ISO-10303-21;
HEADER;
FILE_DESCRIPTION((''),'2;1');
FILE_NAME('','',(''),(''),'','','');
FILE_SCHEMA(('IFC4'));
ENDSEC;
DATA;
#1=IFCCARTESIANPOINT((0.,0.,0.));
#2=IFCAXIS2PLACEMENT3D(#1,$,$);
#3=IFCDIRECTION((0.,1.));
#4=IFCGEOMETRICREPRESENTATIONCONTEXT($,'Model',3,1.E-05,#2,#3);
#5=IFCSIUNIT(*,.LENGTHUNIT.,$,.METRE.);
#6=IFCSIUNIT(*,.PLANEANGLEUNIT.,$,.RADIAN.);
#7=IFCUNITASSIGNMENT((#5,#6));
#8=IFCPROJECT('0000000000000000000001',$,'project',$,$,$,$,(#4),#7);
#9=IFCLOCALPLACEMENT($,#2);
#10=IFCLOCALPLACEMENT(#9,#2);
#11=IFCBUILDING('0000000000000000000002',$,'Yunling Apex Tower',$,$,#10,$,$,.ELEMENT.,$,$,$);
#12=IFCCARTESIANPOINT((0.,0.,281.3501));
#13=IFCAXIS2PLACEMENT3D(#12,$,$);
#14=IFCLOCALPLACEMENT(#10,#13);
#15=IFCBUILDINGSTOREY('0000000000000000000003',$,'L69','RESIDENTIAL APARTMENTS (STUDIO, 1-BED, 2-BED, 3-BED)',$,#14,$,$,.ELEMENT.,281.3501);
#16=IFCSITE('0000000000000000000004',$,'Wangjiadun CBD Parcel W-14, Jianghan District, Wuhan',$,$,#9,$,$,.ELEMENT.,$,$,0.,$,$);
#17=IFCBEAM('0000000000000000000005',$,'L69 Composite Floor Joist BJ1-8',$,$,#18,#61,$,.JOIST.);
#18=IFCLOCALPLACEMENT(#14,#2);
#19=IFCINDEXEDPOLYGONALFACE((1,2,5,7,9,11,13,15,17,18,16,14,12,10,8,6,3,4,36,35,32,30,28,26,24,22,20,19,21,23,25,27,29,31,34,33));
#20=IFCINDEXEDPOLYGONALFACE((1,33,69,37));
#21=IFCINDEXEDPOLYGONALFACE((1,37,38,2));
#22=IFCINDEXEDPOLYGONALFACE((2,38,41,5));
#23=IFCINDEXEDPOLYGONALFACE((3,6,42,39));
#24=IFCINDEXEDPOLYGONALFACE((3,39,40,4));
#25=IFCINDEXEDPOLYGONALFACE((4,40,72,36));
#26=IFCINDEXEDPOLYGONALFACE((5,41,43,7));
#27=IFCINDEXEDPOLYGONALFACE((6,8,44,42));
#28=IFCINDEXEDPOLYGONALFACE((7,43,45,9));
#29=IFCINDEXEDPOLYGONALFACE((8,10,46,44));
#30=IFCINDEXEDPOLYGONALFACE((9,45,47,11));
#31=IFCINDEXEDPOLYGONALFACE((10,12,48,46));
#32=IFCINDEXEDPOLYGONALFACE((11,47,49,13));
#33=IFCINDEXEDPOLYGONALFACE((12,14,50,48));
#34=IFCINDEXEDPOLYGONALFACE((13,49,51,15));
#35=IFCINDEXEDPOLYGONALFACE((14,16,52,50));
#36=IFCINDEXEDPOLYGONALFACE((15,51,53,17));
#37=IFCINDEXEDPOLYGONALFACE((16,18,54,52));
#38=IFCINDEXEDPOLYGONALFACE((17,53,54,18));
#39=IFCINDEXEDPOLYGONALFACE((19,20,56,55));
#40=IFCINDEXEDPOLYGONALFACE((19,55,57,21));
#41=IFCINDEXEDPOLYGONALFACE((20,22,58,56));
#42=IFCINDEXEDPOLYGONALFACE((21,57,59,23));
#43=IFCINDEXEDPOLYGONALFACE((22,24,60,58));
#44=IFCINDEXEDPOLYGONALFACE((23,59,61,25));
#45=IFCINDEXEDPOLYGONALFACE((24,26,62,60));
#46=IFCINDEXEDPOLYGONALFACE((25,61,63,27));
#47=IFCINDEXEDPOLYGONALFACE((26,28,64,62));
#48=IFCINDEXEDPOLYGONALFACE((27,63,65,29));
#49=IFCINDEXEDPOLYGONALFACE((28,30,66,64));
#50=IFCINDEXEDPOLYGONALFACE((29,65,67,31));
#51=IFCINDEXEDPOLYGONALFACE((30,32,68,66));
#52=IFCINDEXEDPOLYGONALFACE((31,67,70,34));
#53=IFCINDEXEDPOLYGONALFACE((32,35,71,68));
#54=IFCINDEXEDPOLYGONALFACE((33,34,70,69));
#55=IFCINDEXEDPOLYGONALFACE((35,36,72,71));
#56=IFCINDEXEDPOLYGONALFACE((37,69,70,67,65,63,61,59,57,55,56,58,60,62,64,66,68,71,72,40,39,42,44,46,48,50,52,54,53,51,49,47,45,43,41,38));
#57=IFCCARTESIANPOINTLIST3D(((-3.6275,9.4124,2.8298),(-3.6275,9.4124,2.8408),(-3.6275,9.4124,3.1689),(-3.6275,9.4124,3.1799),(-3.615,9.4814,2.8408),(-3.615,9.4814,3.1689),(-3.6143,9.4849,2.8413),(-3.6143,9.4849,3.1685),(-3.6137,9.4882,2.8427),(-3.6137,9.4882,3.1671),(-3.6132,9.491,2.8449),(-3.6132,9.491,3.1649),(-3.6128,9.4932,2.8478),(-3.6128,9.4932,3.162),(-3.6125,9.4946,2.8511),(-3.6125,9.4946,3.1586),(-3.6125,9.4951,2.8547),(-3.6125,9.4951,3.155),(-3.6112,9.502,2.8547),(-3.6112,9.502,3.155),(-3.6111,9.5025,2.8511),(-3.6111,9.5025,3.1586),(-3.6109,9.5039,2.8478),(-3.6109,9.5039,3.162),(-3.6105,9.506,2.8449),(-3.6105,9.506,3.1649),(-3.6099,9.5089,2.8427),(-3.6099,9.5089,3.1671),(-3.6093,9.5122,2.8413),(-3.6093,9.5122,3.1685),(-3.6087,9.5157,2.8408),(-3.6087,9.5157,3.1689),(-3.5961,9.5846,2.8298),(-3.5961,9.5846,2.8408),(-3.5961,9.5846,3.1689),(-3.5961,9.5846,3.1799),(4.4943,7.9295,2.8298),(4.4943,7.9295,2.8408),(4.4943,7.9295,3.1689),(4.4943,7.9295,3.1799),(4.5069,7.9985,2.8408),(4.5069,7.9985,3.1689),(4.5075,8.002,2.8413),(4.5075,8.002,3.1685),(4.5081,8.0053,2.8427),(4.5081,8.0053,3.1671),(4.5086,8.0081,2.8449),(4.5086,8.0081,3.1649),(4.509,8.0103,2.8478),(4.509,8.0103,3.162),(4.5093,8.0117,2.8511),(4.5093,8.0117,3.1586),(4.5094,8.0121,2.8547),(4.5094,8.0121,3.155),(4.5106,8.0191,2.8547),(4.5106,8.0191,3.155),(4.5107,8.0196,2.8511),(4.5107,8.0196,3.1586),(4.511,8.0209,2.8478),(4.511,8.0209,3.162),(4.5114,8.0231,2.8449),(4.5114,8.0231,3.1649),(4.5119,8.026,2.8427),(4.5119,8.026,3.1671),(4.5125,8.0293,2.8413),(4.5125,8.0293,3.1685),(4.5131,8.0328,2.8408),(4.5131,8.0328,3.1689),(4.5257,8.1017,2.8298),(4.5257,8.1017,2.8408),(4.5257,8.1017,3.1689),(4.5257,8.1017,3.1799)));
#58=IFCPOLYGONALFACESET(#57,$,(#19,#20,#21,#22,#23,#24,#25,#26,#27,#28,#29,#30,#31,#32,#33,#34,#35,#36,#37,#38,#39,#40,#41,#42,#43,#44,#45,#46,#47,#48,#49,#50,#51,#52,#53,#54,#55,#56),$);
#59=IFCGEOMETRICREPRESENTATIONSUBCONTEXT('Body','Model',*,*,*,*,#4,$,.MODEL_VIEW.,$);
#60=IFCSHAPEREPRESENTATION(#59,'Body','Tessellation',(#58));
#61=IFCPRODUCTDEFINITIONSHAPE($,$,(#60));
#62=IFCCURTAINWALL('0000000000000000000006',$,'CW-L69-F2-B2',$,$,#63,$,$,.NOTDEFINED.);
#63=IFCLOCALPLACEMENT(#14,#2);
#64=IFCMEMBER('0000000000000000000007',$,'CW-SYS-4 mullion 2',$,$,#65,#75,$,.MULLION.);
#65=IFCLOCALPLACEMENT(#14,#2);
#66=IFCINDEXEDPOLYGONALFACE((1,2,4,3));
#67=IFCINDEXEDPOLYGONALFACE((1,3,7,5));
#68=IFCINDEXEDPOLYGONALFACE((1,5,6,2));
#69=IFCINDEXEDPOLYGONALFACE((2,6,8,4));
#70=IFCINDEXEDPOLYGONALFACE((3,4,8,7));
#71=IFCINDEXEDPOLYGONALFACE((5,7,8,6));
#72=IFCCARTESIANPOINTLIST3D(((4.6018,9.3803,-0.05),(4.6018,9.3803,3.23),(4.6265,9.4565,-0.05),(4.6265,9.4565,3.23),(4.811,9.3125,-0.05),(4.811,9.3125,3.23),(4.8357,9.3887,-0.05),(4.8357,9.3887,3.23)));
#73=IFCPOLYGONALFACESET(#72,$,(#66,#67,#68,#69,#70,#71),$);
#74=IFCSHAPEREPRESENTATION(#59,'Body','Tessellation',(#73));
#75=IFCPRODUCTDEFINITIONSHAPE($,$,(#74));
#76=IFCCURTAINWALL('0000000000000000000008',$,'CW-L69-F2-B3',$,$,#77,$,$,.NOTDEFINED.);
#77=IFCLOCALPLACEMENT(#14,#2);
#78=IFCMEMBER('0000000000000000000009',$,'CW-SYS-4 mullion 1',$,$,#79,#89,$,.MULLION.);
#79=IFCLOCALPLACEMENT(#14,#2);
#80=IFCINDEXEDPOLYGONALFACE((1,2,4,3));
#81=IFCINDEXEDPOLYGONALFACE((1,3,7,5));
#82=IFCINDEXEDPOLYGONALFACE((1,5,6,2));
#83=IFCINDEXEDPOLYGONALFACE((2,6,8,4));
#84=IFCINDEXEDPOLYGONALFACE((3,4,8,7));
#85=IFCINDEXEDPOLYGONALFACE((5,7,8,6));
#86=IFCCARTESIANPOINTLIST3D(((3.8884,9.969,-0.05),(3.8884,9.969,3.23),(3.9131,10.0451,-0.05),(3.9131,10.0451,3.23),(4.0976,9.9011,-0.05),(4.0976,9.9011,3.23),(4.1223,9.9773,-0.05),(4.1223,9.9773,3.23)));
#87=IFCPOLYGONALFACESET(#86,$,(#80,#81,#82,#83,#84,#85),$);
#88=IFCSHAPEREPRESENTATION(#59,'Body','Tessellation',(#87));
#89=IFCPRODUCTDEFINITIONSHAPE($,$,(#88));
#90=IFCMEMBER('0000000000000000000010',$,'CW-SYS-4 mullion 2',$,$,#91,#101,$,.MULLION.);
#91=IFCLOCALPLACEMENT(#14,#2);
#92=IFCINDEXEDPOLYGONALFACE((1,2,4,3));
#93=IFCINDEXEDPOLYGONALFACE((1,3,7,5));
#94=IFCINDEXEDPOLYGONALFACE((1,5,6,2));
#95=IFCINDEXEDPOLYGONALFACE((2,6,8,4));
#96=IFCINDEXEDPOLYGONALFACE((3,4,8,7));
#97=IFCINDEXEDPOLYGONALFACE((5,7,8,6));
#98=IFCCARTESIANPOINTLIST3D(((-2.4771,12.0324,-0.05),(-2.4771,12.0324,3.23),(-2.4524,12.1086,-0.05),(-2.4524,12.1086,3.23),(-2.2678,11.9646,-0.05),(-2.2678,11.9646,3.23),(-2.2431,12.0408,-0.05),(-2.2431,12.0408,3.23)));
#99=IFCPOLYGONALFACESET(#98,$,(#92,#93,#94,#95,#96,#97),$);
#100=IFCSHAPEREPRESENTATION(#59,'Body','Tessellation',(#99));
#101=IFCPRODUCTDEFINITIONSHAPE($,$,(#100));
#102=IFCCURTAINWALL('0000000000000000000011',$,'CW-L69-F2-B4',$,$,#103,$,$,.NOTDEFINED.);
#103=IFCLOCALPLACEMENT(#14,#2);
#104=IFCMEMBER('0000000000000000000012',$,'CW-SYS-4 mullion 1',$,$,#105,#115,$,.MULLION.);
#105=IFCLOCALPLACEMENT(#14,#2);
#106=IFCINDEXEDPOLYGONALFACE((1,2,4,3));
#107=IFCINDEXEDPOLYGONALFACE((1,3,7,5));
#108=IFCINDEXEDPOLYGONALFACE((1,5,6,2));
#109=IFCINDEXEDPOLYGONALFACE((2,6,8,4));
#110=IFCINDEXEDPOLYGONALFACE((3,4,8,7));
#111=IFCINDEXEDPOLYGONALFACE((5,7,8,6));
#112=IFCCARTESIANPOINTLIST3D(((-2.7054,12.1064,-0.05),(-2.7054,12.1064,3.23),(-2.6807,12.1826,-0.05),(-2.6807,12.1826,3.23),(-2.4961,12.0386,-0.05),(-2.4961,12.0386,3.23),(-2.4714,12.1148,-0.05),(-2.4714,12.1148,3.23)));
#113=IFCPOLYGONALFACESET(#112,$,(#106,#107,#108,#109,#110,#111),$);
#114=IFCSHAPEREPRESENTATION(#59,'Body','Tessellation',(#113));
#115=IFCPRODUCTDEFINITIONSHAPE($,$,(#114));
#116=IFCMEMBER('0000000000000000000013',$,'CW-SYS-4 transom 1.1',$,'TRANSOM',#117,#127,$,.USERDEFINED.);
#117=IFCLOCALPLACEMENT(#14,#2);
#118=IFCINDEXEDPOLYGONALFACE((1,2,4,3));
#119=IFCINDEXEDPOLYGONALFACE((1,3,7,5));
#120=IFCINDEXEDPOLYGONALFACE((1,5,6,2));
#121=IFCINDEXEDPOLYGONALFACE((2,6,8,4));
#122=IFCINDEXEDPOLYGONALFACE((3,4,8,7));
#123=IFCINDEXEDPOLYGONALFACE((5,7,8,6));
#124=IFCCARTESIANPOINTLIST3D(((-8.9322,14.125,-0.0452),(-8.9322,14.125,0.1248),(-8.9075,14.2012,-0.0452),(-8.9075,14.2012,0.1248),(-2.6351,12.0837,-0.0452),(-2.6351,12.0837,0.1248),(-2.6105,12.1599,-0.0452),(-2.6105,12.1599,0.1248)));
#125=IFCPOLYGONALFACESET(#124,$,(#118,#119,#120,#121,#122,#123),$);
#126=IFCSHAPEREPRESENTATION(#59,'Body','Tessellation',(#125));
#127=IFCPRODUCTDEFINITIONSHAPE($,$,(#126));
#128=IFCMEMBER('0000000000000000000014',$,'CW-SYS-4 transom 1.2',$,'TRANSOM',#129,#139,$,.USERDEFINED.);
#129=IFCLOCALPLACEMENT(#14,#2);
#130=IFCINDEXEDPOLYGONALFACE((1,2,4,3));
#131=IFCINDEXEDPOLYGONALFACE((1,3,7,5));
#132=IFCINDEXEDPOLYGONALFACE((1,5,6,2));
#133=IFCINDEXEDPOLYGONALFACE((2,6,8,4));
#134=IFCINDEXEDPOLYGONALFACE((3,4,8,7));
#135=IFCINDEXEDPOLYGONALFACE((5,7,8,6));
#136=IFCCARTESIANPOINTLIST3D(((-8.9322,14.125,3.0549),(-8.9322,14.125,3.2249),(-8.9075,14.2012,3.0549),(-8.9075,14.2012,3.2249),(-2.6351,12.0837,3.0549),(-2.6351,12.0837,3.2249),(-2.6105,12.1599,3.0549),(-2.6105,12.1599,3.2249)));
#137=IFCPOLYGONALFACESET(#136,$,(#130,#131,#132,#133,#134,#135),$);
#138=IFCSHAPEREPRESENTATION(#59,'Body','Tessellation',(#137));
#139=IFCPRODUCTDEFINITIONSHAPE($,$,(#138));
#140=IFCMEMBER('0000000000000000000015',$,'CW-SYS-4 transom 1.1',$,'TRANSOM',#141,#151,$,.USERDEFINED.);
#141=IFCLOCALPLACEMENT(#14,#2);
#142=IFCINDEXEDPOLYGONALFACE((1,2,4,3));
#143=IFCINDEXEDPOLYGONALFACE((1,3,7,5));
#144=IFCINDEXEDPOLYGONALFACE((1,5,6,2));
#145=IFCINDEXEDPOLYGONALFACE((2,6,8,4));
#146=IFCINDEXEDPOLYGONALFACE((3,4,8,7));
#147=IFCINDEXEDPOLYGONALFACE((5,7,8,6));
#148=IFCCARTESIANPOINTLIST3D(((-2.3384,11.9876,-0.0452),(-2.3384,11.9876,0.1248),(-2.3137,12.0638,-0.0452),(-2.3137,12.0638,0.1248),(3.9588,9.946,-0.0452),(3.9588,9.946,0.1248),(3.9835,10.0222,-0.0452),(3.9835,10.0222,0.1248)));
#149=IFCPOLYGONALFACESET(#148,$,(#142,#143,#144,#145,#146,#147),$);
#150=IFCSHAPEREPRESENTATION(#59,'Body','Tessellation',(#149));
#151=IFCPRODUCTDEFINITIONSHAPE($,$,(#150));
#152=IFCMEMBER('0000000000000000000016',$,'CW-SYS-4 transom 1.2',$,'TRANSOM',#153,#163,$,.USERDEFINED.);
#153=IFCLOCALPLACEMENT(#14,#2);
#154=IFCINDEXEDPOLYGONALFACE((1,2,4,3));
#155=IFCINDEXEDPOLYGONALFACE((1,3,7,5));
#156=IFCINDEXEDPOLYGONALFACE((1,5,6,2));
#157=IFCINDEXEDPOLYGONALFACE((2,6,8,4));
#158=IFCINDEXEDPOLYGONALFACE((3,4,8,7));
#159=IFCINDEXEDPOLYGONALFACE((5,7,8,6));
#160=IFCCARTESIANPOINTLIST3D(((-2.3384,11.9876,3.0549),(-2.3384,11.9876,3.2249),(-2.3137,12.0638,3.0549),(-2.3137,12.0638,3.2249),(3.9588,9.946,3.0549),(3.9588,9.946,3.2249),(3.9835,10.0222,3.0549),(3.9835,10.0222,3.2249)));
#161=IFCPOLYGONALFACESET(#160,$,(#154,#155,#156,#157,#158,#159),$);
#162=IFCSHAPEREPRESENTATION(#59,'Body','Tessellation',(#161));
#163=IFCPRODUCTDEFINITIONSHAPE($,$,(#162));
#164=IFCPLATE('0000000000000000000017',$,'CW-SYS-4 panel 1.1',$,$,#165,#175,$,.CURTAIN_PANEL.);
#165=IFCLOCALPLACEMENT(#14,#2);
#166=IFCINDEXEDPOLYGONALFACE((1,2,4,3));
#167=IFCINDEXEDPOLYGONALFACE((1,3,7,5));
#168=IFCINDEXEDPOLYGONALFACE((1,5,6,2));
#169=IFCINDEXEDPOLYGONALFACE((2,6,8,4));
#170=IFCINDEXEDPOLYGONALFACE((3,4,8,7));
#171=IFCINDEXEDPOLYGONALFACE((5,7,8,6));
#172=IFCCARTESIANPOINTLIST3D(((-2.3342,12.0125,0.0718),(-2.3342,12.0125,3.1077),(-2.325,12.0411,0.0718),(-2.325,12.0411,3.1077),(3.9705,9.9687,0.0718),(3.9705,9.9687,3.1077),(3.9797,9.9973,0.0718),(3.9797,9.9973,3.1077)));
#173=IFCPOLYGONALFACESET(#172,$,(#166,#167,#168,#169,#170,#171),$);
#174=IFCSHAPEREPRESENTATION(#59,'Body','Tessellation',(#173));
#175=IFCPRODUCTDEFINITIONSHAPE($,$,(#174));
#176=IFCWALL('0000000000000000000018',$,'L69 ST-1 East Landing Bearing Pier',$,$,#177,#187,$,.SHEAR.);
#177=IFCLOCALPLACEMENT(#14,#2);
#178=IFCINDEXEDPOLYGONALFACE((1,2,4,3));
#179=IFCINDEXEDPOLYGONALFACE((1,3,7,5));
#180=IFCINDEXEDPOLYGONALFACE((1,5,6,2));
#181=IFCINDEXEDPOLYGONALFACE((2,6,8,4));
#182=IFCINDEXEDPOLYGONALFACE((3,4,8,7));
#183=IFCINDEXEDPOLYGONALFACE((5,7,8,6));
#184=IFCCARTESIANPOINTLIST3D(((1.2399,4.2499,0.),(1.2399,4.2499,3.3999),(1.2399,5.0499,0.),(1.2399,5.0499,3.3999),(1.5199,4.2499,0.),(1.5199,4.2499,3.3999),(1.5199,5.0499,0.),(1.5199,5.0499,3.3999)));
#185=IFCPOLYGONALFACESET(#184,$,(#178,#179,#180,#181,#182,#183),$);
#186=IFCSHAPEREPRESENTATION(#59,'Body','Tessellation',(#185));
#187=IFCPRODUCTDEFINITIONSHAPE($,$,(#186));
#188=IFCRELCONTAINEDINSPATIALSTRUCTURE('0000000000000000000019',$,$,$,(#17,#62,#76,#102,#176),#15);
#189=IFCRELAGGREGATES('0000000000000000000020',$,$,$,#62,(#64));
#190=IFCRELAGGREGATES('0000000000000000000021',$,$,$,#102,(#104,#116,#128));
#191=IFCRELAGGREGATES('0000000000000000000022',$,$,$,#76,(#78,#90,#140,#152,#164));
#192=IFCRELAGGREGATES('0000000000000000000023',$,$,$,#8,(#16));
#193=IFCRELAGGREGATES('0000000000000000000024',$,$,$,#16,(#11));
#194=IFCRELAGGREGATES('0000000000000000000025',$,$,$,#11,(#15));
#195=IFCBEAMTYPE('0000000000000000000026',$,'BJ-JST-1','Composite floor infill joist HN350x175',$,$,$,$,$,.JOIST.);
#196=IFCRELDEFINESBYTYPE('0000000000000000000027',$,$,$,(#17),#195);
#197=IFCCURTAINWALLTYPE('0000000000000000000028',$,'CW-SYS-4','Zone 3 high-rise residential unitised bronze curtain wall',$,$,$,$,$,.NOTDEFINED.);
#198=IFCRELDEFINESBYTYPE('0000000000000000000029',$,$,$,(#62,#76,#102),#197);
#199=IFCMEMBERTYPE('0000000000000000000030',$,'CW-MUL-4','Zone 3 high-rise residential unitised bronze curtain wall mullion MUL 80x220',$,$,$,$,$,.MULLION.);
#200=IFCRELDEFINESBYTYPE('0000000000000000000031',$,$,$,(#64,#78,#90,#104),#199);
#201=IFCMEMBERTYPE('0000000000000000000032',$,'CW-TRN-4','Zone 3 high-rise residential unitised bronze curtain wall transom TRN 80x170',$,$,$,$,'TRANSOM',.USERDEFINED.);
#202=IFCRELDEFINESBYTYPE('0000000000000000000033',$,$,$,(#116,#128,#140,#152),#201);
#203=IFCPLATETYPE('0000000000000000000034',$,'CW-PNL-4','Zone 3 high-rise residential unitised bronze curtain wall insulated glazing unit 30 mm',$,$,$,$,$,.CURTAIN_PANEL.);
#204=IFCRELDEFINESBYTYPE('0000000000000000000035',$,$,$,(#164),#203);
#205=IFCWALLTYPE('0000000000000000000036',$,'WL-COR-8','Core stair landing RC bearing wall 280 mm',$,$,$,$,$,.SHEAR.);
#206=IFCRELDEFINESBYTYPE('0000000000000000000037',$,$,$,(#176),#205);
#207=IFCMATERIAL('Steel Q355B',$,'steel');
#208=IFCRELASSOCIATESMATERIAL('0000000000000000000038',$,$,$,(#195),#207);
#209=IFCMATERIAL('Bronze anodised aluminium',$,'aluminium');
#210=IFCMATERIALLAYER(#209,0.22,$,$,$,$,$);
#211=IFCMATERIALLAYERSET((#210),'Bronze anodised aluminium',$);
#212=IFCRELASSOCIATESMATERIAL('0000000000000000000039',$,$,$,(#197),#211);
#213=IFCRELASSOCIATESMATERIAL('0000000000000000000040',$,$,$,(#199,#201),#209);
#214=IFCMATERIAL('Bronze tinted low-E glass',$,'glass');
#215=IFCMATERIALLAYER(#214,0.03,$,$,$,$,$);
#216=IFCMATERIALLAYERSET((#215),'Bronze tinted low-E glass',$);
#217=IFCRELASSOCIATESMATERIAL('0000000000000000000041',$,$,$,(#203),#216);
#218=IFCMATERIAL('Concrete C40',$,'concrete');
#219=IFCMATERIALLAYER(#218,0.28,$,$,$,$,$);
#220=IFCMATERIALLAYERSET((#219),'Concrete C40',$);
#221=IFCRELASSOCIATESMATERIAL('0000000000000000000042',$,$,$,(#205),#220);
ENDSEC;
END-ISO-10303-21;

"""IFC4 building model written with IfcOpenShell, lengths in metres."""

from ifc_helpers import new_model, si_unit, direction, frame, frame_2d, origin, origin_2d, place, context, subcontext, project, spatial, rectangle, i_section, extrude, source, transform, mapped, material, layer, layer_set, material_profile, profile_set, type_object, element, aggregate, save


model = new_model("IFC4")

# Units and contexts
model_context = context("Model", 3, precision=1e-05, world=origin(), true_north=direction((0.0, 1.0)))
body_context = subcontext(model_context, "Body", "Model", "MODEL_VIEW")
ifc_project = project(units=[si_unit("LENGTHUNIT", "METRE"), si_unit("PLANEANGLEUNIT", "RADIAN")], contexts=[model_context])

# Site, building, storey
site_placement = place(None, origin())
site = spatial("IfcSite", under=ifc_project, at=site_placement, Name="Wangjiadun CBD Parcel W-14, Jianghan District, Wuhan", CompositionType="ELEMENT", RefElevation=0.0)
building_placement = place(site_placement, origin())
building = spatial("IfcBuilding", under=site, at=building_placement, Name="Yunling Apex Tower", CompositionType="ELEMENT")
storey_placement = place(building_placement, frame((0.0, 0.0, 281.3501)))
storey = spatial("IfcBuildingStorey", under=building, at=storey_placement, Name="L69", Description="RESIDENTIAL APARTMENTS (STUDIO, 1-BED, 2-BED, 3-BED)", CompositionType="ELEMENT", Elevation=281.3501)

# Shared definitions
ifc_material_1 = material(Name="Steel Q355B", Category="steel")

# Beam
ifc_material_profile_1 = material_profile(ifc_material_1, i_section(OverallWidth=0.175, OverallDepth=0.3501, WebThickness=0.0071, FlangeThickness=0.011, FilletRadius=0.0139, at=origin_2d()))
ifc_profile_set_1 = profile_set([ifc_material_profile_1], Name="Steel Q355B")
beam_type_1 = type_object("IfcBeamType", Name="BJ-JST-1", Description="Composite floor infill joist HN350x175", PredefinedType="JOIST", material=ifc_profile_set_1)
shared_shape_1 = source(origin(), body_context, "Body", "SweptSolid", [
    extrude(i_section(OverallWidth=0.175, OverallDepth=0.3501, WebThickness=0.0071, FlangeThickness=0.011, FilletRadius=0.0139, at=origin_2d()), origin(), (0.0, 0.0, 1.0), 8.2561),
])
beam_1_placement = place(storey_placement, frame((4.51, 8.0156, 3.0049), z_axis=(-0.983737, 0.179614, 0.0), x_axis=(-0.179614, -0.983737, 0.0)))
element("IfcBeam", 1, at=beam_1_placement, inside=storey, type_object=beam_type_1, Name="L69 Composite Floor Joist BJ1-8", PredefinedType="JOIST", context=body_context, shape_type="MappedRepresentation", body=[
    mapped(shared_shape_1, transform((0.0, 0.0, 0.0), scale=1.0)),
])

# Curtain wall, member
ifc_material_2 = material(Name="Bronze anodised aluminium", Category="aluminium")
ifc_layer_1 = layer(ifc_material_2, 0.22)
ifc_layer_set_1 = layer_set([ifc_layer_1], Name="Bronze anodised aluminium")
curtain_wall_type = type_object("IfcCurtainWallType", Name="CW-SYS-4", Description="Zone 3 high-rise residential unitised bronze curtain wall", PredefinedType="NOTDEFINED", material=ifc_layer_set_1)
curtain_wall_1_placement = place(storey_placement, origin())
curtain_wall_1 = element("IfcCurtainWall", 2, at=curtain_wall_1_placement, inside=storey, type_object=curtain_wall_type, Name="CW-L69-F2-B2", PredefinedType="NOTDEFINED")
ifc_material_profile_2 = material_profile(ifc_material_2, rectangle(XDim=0.0801, YDim=0.22, at=origin_2d()))
ifc_profile_set_2 = profile_set([ifc_material_profile_2], Name="Bronze anodised aluminium")
member_type_1 = type_object("IfcMemberType", Name="CW-MUL-4", Description="Zone 3 high-rise residential unitised bronze curtain wall mullion MUL 80x220", PredefinedType="MULLION", material=ifc_profile_set_2)
shared_shape_2 = source(origin(), body_context, "Body", "SweptSolid", [
    extrude(rectangle(XDim=0.0801, YDim=0.22, at=origin_2d()), origin(), (0.0, 0.0, 1.0), 3.28),
])
member_1_placement = place(storey_placement, frame((4.7188, 9.3845, -0.05), z_axis=(0.0, 0.0, 1.0), x_axis=(-0.308369, -0.951267, 0.0)))
member_1 = element("IfcMember", 3, at=member_1_placement, type_object=member_type_1, Name="CW-SYS-4 mullion 2", PredefinedType="MULLION", context=body_context, shape_type="MappedRepresentation", body=[
    mapped(shared_shape_2, transform((0.0, 0.0, 0.0), scale=1.0)),
])
aggregate(curtain_wall_1, [member_1])

# Curtain walls, members
curtain_wall_2_placement = place(storey_placement, origin())
curtain_wall_2 = element("IfcCurtainWall", 4, at=curtain_wall_2_placement, inside=storey, type_object=curtain_wall_type, Name="CW-L69-F2-B3", PredefinedType="NOTDEFINED")
member_2_placement = place(storey_placement, frame((4.0054, 9.9731, -0.05), z_axis=(0.0, 0.0, 1.0), x_axis=(-0.308371, -0.951266, 0.0)))
member_2 = element("IfcMember", 5, at=member_2_placement, type_object=member_type_1, Name="CW-SYS-4 mullion 1", PredefinedType="MULLION", context=body_context, shape_type="MappedRepresentation", body=[
    mapped(shared_shape_2, transform((0.0, 0.0, 0.0), scale=1.0)),
])
member_3_placement = place(storey_placement, frame((-2.3601, 12.0366, -0.05), z_axis=(0.0, 0.0, 1.0), x_axis=(-0.308371, -0.951266, 0.0)))
member_3 = element("IfcMember", 6, at=member_3_placement, type_object=member_type_1, Name="CW-SYS-4 mullion 2", PredefinedType="MULLION", context=body_context, shape_type="MappedRepresentation", body=[
    mapped(shared_shape_2, transform((0.0, 0.0, 0.0), scale=1.0)),
])
curtain_wall_3_placement = place(storey_placement, origin())
curtain_wall_3 = element("IfcCurtainWall", 7, at=curtain_wall_3_placement, inside=storey, type_object=curtain_wall_type, Name="CW-L69-F2-B4", PredefinedType="NOTDEFINED")
member_4_placement = place(storey_placement, frame((-2.5884, 12.1106, -0.05), z_axis=(0.0, 0.0, 1.0), x_axis=(-0.308353, -0.951272, 0.0)))
member_4 = element("IfcMember", 8, at=member_4_placement, type_object=member_type_1, Name="CW-SYS-4 mullion 1", PredefinedType="MULLION", context=body_context, shape_type="MappedRepresentation", body=[
    mapped(shared_shape_2, transform((0.0, 0.0, 0.0), scale=1.0)),
])
ifc_material_profile_3 = material_profile(ifc_material_2, rectangle(XDim=0.0801, YDim=0.1699, at=origin_2d()))
ifc_profile_set_3 = profile_set([ifc_material_profile_3], Name="Bronze anodised aluminium")
member_type_2 = type_object("IfcMemberType", Name="CW-TRN-4", Description="Zone 3 high-rise residential unitised bronze curtain wall transom TRN 80x170", ElementType="TRANSOM", PredefinedType="USERDEFINED", material=ifc_profile_set_3)
shared_shape_3 = source(origin(), body_context, "Body", "SweptSolid", [
    extrude(rectangle(XDim=0.0801, YDim=0.1699, at=origin_2d()), origin(), (0.0, 0.0, 1.0), 6.6196),
])
member_5_placement = place(storey_placement, frame((-2.6228, 12.1218, 0.0398), z_axis=(-0.951269, 0.308361, 0.0), x_axis=(-0.308361, -0.951269, 0.0)))
member_5 = element("IfcMember", 9, at=member_5_placement, type_object=member_type_2, Name="CW-SYS-4 transom 1.1", ObjectType="TRANSOM", PredefinedType="USERDEFINED", context=body_context, shape_type="MappedRepresentation", body=[
    mapped(shared_shape_3, transform((0.0, 0.0, 0.0), scale=1.0)),
])
member_6_placement = place(storey_placement, frame((-2.6228, 12.1218, 3.1399), z_axis=(-0.951269, 0.308361, 0.0), x_axis=(-0.308361, -0.951269, 0.0)))
member_6 = element("IfcMember", 10, at=member_6_placement, type_object=member_type_2, Name="CW-SYS-4 transom 1.2", ObjectType="TRANSOM", PredefinedType="USERDEFINED", context=body_context, shape_type="MappedRepresentation", body=[
    mapped(shared_shape_3, transform((0.0, 0.0, 0.0), scale=1.0)),
])
aggregate(curtain_wall_3, [member_4, member_5, member_6])

# Members
shared_shape_4 = source(origin(), body_context, "Body", "SweptSolid", [
    extrude(rectangle(XDim=0.0801, YDim=0.1699, at=origin_2d()), origin(), (0.0, 0.0, 1.0), 6.6199),
])
member_7_placement = place(storey_placement, frame((3.9712, 9.9841, 0.0398), z_axis=(-0.951258, 0.308395, 0.0), x_axis=(-0.308395, -0.951258, 0.0)))
member_7 = element("IfcMember", 11, at=member_7_placement, type_object=member_type_2, Name="CW-SYS-4 transom 1.1", ObjectType="TRANSOM", PredefinedType="USERDEFINED", context=body_context, shape_type="MappedRepresentation", body=[
    mapped(shared_shape_4, transform((0.0, 0.0, 0.0), scale=1.0)),
])
member_8_placement = place(storey_placement, frame((3.9712, 9.9841, 3.1399), z_axis=(-0.951258, 0.308395, 0.0), x_axis=(-0.308395, -0.951258, 0.0)))
member_8 = element("IfcMember", 12, at=member_8_placement, type_object=member_type_2, Name="CW-SYS-4 transom 1.2", ObjectType="TRANSOM", PredefinedType="USERDEFINED", context=body_context, shape_type="MappedRepresentation", body=[
    mapped(shared_shape_4, transform((0.0, 0.0, 0.0), scale=1.0)),
])

# Plate
ifc_material_3 = material(Name="Bronze tinted low-E glass", Category="glass")
ifc_layer_2 = layer(ifc_material_3, 0.03)
ifc_layer_set_2 = layer_set([ifc_layer_2], Name="Bronze tinted low-E glass")
plate_type = type_object("IfcPlateType", Name="CW-PNL-4", Description="Zone 3 high-rise residential unitised bronze curtain wall insulated glazing unit 30 mm", PredefinedType="CURTAIN_PANEL", material=ifc_layer_set_2)
shared_shape_5 = source(origin(), body_context, "Body", "SweptSolid", [
    extrude(rectangle(XDim=6.6277, YDim=0.03, at=origin_2d()), origin(), (0.0, 0.0, 1.0), 3.0359),
])
plate_placement = place(storey_placement, frame((0.8228, 11.0049, 0.0718), z_axis=(0.0, 0.0, 1.0), x_axis=(-0.951266, 0.308371, 0.0)))
plate = element("IfcPlate", 13, at=plate_placement, type_object=plate_type, Name="CW-SYS-4 panel 1.1", PredefinedType="CURTAIN_PANEL", context=body_context, shape_type="MappedRepresentation", body=[
    mapped(shared_shape_5, transform((0.0, 0.0, 0.0), scale=1.0)),
])
aggregate(curtain_wall_2, [member_2, member_3, member_7, member_8, plate])

# Wall
ifc_material_4 = material(Name="Concrete C40", Category="concrete")
ifc_layer_3 = layer(ifc_material_4, 0.28)
ifc_layer_set_3 = layer_set([ifc_layer_3], Name="Concrete C40")
wall_type_1 = type_object("IfcWallType", Name="WL-COR-8", Description="Core stair landing RC bearing wall 280 mm", PredefinedType="SHEAR", material=ifc_layer_set_3)
wall_1_placement = place(storey_placement, frame((1.3799, 4.25, 0.0), z_axis=(0.0, 0.0, 1.0), x_axis=(0.0, 1.0, 0.0)))
element("IfcWall", 14, at=wall_1_placement, inside=storey, type_object=wall_type_1, Name="L69 ST-1 East Landing Bearing Pier", PredefinedType="SHEAR", context=body_context, shape_type="SweptSolid", body=[
    extrude(rectangle(XDim=0.8, YDim=0.28, at=frame_2d((0.3999, 0.0))), origin(), (0.0, 0.0, 1.0), 3.3999),
])

save(model, "model.ifc")
